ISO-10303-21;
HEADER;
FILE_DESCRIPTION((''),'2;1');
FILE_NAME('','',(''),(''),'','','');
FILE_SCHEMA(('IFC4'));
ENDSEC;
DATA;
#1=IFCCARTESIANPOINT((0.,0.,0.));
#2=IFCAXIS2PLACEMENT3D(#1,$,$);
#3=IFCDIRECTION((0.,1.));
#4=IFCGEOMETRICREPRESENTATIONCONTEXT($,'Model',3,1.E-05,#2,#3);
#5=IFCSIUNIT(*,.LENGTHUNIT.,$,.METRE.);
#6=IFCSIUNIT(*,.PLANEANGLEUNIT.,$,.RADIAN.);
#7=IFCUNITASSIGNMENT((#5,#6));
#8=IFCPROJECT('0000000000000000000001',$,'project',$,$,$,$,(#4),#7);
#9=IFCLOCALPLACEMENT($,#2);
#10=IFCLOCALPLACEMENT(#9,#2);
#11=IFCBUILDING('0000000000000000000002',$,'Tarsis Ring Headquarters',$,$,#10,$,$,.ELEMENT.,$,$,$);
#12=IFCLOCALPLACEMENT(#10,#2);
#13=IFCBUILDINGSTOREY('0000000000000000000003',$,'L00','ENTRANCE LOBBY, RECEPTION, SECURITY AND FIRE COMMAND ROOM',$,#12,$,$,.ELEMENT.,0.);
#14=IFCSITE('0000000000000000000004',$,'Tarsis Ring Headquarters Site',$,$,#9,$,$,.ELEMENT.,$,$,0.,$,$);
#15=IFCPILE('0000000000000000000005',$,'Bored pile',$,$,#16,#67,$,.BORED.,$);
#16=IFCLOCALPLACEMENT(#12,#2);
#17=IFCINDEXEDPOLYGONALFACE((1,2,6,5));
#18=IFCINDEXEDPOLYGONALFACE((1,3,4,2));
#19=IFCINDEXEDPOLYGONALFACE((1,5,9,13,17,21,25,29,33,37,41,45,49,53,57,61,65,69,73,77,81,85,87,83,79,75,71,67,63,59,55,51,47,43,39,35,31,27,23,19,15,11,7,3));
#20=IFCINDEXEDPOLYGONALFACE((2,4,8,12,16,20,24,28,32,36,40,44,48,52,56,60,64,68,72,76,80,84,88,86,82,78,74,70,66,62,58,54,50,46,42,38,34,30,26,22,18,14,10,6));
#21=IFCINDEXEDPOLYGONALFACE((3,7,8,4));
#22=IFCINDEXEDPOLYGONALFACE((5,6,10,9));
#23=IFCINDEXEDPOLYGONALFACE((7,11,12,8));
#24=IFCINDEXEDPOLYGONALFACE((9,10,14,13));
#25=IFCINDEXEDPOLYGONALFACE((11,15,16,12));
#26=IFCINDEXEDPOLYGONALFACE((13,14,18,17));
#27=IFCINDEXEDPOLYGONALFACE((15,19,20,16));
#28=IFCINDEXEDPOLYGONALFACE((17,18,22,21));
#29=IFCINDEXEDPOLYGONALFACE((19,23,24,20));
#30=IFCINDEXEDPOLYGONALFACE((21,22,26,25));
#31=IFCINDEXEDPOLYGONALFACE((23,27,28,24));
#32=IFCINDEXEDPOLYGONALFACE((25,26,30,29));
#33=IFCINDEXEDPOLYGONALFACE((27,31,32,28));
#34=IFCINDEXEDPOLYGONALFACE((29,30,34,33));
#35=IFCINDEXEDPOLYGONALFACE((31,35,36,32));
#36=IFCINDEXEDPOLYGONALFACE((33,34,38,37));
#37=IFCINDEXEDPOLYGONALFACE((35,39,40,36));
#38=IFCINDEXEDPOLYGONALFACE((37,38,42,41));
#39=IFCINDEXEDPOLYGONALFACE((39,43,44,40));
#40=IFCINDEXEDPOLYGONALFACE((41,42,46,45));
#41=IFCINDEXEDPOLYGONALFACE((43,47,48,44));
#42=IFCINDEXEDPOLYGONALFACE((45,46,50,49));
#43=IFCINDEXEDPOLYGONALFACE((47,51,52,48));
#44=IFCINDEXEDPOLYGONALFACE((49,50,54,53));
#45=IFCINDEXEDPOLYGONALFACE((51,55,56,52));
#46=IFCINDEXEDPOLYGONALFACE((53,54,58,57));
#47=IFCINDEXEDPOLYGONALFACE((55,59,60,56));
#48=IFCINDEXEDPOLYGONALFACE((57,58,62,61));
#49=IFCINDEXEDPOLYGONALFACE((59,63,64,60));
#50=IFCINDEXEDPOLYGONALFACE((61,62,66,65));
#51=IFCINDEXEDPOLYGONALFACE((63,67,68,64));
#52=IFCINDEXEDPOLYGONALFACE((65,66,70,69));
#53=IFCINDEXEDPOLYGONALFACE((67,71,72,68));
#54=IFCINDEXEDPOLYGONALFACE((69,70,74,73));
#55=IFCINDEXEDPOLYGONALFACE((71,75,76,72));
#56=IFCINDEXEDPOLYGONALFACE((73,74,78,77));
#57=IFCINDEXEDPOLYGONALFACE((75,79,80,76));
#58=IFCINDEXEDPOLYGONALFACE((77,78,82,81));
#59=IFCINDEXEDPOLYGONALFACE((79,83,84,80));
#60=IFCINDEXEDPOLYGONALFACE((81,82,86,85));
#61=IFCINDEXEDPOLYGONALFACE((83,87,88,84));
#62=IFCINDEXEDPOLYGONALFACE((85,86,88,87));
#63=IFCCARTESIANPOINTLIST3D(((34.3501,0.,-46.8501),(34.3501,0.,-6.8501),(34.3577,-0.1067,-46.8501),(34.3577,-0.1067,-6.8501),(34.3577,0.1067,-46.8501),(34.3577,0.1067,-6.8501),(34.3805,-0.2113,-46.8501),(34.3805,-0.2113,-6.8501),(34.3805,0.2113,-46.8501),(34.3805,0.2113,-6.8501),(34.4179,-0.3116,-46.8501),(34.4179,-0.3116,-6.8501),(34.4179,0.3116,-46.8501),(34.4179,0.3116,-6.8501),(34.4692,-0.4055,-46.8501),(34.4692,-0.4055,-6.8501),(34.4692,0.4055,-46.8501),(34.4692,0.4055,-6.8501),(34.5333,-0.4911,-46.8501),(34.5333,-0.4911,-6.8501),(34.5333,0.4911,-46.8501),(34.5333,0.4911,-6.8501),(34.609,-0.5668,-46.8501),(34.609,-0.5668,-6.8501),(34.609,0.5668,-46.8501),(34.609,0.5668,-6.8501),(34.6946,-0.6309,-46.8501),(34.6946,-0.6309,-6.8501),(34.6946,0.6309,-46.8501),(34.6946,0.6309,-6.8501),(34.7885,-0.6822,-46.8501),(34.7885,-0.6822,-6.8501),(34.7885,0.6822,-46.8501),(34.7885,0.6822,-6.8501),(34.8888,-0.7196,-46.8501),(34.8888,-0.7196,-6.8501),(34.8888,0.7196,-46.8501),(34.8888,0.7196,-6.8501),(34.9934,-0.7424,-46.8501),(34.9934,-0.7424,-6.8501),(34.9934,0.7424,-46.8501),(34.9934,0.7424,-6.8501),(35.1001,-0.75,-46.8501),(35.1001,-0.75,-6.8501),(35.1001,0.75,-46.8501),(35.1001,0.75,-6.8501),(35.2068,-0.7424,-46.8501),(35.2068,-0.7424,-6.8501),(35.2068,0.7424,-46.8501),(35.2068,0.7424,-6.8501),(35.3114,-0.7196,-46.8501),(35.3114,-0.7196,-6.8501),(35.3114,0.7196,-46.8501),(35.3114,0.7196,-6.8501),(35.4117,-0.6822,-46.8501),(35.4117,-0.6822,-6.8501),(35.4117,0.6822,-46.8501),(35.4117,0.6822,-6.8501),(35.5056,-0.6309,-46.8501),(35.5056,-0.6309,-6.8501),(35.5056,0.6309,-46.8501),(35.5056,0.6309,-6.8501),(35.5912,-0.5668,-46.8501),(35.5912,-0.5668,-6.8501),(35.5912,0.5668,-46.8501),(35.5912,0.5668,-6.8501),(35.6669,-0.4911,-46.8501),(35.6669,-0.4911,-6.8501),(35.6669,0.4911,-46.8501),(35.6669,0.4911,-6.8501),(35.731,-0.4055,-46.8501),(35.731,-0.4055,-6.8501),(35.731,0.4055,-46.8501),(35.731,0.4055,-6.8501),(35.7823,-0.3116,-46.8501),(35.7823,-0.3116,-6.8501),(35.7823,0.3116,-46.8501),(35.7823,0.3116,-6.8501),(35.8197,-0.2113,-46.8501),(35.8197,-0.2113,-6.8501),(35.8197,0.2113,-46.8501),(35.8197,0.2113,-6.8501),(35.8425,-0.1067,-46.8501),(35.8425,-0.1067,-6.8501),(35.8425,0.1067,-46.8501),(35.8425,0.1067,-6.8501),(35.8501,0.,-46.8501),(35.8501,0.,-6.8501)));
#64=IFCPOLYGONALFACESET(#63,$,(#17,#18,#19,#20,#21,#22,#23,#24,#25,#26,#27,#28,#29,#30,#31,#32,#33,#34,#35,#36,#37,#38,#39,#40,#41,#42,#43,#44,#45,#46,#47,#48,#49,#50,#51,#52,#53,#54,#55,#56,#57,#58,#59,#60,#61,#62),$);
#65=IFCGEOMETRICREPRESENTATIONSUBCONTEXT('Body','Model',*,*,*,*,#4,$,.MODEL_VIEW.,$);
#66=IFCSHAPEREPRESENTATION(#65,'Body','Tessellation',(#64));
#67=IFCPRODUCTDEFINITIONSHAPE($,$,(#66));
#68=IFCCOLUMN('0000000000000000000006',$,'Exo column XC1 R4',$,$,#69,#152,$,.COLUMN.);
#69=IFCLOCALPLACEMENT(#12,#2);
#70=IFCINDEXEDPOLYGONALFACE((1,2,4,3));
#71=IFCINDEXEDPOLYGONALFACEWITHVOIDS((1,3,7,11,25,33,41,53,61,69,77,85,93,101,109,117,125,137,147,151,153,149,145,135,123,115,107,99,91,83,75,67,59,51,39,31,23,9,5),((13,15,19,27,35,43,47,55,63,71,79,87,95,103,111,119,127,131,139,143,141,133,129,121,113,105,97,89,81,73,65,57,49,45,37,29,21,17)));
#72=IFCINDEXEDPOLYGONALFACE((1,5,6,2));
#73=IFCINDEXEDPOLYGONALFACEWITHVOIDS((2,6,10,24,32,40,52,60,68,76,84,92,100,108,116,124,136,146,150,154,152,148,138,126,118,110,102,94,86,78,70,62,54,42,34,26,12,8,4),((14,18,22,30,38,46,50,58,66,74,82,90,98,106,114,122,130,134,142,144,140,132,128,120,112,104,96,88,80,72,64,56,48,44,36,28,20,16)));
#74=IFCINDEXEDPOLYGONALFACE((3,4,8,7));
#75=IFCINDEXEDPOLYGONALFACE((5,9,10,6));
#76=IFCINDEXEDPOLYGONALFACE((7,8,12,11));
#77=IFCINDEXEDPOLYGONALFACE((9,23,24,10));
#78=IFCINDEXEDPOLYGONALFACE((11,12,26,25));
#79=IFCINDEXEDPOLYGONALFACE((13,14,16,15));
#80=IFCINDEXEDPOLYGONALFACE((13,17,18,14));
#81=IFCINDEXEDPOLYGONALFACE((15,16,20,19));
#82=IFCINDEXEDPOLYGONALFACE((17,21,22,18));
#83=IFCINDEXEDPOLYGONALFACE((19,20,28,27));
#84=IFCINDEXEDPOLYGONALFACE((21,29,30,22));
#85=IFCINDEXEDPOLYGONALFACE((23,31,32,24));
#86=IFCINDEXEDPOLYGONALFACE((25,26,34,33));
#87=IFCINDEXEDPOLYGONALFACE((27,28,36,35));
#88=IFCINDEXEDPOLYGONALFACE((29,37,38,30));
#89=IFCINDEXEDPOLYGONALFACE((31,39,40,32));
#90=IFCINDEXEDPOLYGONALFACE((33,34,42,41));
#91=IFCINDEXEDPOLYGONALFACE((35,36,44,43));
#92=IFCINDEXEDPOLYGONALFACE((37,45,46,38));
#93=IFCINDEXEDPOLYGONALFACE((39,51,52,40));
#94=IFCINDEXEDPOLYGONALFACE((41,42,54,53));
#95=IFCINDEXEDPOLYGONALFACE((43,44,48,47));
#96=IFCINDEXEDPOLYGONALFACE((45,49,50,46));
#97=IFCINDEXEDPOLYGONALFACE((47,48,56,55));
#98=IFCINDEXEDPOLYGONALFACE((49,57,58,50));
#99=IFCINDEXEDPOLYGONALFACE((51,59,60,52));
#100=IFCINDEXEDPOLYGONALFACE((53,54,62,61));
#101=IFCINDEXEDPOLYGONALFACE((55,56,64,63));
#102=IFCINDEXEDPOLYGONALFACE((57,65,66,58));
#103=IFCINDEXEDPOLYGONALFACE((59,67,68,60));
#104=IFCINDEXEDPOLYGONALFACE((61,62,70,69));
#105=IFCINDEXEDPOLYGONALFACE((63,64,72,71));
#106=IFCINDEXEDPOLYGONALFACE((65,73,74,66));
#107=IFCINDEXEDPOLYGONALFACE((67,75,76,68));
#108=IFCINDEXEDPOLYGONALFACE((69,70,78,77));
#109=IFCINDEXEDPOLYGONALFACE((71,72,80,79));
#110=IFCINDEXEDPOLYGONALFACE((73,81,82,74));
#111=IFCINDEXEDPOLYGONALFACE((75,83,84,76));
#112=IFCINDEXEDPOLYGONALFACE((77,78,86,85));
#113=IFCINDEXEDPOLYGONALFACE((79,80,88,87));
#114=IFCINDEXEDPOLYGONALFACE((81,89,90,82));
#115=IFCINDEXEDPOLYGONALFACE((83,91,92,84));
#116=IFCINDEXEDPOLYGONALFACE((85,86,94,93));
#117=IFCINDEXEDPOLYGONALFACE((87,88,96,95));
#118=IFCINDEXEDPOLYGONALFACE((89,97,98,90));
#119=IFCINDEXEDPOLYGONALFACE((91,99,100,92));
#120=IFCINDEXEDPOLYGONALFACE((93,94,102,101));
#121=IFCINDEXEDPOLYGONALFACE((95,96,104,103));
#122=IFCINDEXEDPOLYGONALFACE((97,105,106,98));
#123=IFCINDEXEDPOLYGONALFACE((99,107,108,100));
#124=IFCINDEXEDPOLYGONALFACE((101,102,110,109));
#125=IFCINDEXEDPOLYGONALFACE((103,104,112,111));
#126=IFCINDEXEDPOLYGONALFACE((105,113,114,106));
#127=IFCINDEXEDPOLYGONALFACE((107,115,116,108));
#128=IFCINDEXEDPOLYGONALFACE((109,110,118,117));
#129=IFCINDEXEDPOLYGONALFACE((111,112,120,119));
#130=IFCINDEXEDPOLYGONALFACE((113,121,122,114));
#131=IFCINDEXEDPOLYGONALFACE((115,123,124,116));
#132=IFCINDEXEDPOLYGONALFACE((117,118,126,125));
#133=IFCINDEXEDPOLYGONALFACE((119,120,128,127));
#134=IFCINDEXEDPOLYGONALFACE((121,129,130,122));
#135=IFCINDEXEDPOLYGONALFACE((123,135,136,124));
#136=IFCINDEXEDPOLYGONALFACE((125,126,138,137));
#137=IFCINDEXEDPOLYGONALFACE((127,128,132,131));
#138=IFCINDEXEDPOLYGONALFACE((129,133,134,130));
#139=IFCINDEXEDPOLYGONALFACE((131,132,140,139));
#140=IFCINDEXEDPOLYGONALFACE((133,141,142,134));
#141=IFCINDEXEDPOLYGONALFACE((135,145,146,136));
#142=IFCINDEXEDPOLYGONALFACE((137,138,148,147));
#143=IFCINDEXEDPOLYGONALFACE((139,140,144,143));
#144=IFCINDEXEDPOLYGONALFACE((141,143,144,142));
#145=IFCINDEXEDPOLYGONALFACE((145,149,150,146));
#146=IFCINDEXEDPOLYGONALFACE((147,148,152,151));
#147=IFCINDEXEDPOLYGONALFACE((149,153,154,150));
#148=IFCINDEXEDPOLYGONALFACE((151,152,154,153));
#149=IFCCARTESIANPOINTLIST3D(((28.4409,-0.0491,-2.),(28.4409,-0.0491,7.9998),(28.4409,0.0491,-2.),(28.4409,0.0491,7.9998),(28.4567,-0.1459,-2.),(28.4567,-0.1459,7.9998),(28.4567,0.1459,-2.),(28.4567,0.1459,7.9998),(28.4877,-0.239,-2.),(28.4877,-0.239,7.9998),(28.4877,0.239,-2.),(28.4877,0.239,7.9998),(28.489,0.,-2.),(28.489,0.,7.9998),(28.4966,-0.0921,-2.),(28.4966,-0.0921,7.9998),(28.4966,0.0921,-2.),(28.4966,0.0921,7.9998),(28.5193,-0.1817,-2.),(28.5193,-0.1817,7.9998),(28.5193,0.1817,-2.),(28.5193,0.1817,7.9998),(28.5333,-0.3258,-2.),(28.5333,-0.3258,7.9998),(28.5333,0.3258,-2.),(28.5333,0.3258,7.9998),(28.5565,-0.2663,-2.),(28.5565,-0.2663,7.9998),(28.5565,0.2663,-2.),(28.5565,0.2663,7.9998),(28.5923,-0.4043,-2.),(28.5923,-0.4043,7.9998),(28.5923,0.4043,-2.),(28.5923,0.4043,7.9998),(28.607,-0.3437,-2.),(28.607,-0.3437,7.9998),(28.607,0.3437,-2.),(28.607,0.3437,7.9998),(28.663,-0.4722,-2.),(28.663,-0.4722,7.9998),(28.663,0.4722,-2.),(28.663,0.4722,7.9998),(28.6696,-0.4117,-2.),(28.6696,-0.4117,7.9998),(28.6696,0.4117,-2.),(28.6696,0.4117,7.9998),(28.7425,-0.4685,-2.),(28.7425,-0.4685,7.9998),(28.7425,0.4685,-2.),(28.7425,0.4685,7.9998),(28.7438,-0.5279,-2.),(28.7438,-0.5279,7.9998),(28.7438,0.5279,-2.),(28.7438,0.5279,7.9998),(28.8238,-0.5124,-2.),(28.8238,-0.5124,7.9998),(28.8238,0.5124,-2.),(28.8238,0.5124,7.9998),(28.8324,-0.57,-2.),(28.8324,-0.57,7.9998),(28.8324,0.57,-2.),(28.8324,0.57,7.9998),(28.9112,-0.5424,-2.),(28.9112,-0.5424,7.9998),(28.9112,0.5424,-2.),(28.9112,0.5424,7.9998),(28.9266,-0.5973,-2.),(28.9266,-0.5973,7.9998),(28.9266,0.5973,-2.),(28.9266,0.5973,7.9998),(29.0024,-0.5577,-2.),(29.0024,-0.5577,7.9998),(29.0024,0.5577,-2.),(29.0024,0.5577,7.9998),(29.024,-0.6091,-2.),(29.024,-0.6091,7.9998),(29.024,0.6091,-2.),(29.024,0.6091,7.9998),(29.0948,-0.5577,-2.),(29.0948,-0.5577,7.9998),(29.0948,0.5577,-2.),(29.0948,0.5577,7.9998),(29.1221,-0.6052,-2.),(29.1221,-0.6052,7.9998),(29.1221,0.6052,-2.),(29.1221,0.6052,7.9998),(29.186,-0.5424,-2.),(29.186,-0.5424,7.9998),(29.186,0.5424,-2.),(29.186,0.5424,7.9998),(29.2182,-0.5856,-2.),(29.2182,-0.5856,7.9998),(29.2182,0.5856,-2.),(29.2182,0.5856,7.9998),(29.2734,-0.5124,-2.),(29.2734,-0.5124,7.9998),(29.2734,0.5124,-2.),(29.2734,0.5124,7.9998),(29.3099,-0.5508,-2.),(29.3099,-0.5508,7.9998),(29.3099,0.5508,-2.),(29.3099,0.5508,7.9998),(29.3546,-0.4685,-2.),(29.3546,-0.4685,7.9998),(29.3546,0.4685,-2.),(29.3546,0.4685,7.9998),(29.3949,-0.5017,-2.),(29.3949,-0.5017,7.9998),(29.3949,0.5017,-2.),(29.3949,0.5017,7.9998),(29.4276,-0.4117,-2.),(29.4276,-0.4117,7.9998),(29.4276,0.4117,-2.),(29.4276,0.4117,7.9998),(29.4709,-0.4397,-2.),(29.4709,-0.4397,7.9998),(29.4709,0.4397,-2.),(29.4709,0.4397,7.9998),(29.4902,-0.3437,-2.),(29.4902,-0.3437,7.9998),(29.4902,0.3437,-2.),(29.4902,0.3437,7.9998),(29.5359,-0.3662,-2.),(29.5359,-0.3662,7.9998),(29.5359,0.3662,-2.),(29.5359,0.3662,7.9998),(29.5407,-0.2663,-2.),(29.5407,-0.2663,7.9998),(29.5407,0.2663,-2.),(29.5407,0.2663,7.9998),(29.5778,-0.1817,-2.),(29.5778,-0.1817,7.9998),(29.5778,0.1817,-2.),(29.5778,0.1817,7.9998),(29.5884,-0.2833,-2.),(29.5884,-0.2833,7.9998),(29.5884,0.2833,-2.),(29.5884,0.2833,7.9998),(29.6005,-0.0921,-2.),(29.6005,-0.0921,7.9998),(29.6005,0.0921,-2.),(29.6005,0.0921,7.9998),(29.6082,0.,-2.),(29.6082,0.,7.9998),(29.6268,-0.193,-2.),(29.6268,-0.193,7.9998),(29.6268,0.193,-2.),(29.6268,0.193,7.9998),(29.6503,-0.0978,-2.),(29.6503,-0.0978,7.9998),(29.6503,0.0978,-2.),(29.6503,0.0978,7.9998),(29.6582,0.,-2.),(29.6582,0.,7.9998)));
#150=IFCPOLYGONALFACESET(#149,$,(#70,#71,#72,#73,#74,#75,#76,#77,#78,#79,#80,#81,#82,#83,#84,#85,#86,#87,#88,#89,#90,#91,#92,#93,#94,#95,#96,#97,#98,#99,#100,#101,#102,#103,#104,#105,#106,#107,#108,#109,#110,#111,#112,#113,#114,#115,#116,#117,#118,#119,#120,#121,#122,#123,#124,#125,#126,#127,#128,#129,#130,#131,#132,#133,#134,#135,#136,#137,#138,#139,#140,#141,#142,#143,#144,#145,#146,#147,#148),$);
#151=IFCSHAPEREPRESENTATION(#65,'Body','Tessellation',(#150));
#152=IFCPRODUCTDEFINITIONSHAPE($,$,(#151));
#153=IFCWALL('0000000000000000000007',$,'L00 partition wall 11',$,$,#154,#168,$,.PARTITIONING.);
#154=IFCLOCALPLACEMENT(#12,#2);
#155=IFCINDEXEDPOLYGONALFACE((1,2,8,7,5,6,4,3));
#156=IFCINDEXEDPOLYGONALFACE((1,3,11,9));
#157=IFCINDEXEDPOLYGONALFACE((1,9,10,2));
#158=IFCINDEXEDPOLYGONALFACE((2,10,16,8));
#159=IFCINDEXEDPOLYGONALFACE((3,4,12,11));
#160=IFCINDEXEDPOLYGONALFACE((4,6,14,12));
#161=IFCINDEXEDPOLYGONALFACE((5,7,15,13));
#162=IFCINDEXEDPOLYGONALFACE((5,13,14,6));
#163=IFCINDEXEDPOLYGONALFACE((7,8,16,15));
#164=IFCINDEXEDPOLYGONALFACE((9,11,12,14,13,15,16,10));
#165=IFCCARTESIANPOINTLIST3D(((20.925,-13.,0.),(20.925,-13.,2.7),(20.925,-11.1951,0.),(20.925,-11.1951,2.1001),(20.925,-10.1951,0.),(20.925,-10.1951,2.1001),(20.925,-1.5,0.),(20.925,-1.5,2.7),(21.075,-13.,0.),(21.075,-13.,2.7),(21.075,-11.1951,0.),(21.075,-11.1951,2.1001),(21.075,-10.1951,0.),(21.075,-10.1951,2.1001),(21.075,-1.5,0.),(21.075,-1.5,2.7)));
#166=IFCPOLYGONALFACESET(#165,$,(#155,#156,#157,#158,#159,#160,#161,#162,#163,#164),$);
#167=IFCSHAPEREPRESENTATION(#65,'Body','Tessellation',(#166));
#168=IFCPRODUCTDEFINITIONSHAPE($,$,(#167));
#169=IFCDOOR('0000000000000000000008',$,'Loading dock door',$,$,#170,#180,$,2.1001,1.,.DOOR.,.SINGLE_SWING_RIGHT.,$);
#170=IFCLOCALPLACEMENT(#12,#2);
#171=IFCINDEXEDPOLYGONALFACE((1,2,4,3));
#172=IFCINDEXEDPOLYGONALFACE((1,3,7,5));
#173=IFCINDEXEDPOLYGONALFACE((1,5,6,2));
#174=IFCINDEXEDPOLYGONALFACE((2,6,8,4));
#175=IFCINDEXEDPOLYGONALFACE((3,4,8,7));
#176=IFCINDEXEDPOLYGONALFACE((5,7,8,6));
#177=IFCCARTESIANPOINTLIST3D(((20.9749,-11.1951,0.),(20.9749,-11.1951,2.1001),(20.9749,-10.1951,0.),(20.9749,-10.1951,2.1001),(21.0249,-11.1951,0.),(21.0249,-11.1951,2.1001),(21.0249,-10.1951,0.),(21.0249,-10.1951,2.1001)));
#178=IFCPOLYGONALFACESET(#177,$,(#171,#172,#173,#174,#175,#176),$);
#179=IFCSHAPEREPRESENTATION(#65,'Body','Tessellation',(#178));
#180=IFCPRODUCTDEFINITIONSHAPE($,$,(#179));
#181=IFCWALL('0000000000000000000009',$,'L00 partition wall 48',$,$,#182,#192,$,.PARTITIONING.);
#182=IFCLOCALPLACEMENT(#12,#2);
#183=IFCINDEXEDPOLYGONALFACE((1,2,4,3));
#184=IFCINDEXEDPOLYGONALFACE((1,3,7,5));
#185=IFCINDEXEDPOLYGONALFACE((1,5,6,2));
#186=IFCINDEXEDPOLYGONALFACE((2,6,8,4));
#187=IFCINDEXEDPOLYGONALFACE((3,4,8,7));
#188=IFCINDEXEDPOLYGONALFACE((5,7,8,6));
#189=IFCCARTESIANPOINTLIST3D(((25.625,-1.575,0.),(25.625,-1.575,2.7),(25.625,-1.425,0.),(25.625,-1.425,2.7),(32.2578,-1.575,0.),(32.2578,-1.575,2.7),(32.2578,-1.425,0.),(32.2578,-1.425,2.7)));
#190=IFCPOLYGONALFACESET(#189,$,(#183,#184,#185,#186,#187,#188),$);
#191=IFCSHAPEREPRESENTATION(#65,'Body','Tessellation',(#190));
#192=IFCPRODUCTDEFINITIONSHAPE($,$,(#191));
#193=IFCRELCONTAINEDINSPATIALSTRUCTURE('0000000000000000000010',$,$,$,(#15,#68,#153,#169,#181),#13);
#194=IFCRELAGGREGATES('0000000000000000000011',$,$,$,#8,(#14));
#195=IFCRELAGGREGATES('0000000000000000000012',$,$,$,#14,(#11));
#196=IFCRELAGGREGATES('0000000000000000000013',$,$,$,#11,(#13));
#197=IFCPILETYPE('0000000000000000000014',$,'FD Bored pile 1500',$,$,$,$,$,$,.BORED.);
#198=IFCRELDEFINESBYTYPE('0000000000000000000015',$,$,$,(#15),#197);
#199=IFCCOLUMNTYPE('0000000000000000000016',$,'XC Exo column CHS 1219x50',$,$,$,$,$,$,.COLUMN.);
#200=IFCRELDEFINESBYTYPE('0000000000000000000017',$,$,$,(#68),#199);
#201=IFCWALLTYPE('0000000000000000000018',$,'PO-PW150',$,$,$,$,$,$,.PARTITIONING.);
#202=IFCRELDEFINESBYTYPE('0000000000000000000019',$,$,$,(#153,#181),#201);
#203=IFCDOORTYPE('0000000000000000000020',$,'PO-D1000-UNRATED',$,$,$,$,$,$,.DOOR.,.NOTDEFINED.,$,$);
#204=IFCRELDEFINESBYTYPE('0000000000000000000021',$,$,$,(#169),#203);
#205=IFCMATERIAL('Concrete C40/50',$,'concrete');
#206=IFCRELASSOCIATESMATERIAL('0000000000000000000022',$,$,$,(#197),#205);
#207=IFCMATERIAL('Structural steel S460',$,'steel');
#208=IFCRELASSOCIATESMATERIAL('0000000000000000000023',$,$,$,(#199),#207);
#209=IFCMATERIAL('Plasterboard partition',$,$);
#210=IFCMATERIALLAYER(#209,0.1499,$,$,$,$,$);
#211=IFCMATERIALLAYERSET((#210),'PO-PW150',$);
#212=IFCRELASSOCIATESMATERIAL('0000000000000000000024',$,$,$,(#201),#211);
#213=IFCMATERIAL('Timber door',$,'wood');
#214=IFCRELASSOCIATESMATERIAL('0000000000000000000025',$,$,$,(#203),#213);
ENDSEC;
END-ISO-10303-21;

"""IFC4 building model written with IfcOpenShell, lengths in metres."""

from ifc_helpers import new_model, si_unit, direction, frame, frame_2d, origin, origin_2d, place, context, subcontext, project, spatial, rectangle, circle, hollow_circle, extrude, material, layer, layer_set, material_profile, profile_set, type_object, element, fill, save


model = new_model("IFC4")

# Units and contexts
model_context = context("Model", 3, precision=1e-05, world=origin(), true_north=direction((0.0, 1.0)))
body_context = subcontext(model_context, "Body", "Model", "MODEL_VIEW")
ifc_project = project(units=[si_unit("LENGTHUNIT", "METRE"), si_unit("PLANEANGLEUNIT", "RADIAN")], contexts=[model_context])

# Site, building, storey
site_placement = place(None, origin())
site = spatial("IfcSite", under=ifc_project, at=site_placement, Name="Tarsis Ring Headquarters Site", CompositionType="ELEMENT", RefElevation=0.0)
building_placement = place(site_placement, origin())
building = spatial("IfcBuilding", under=site, at=building_placement, Name="Tarsis Ring Headquarters", CompositionType="ELEMENT")
storey_placement = place(building_placement, origin())
storey = spatial("IfcBuildingStorey", under=building, at=storey_placement, Name="L00", Description="ENTRANCE LOBBY, RECEPTION, SECURITY AND FIRE COMMAND ROOM", CompositionType="ELEMENT", Elevation=0.0)

# Pile
ifc_material_1 = material(Name="Concrete C40/50", Category="concrete")
ifc_material_profile_1 = material_profile(ifc_material_1, circle(Radius=0.75, at=origin_2d()), Name="BORED 1500")
ifc_profile_set_1 = profile_set([ifc_material_profile_1], Name="Concrete C40/50")
pile_type = type_object("IfcPileType", Name="FD Bored pile 1500", PredefinedType="BORED", material=ifc_profile_set_1)
for number, where, z_axis, x_axis, name in (
    (1, (35.1001, 0.0, -6.8501), (0.0, 0.0, -1.0), (1.0, 0.0, 0.0), "Bored pile"),
):
    element("IfcPile", number, at=place(storey_placement, frame(where, z_axis=z_axis, x_axis=x_axis)), inside=storey, type_object=pile_type, Name=name, PredefinedType="BORED", context=body_context, shape_type="SweptSolid", body=[
        extrude(circle(Radius=0.75, at=origin_2d()), origin(), (0.0, 0.0, 1.0), 40.0),
    ])

# Column
ifc_material_2 = material(Name="Structural steel S460", Category="steel")
ifc_material_profile_2 = material_profile(ifc_material_2, hollow_circle(Radius=0.6096, WallThickness=0.05, at=origin_2d()), Name="CHS 1219x50")
ifc_profile_set_2 = profile_set([ifc_material_profile_2], Name="Structural steel S460")
column_type = type_object("IfcColumnType", Name="XC Exo column CHS 1219x50", PredefinedType="COLUMN", material=ifc_profile_set_2)
column_placement = place(storey_placement, frame((29.0486, 0.0, -2.0), z_axis=(0.0, 0.0, 1.0), x_axis=(1.0, 0.0, 0.0)))
element("IfcColumn", 2, at=column_placement, inside=storey, type_object=column_type, Name="Exo column XC1 R4", PredefinedType="COLUMN", context=body_context, shape_type="SweptSolid", body=[
    extrude(hollow_circle(Radius=0.6096, WallThickness=0.05, at=origin_2d()), origin(), (0.0, 0.0, 1.0), 9.9998),
])

# Wall, opening, door
ifc_material_3 = material(Name="Plasterboard partition")
ifc_layer_1 = layer(ifc_material_3, 0.1499)
ifc_layer_set_1 = layer_set([ifc_layer_1], Name="PO-PW150")
wall_type_1 = type_object("IfcWallType", Name="PO-PW150", PredefinedType="PARTITIONING", material=ifc_layer_set_1)
wall_1_placement = place(storey_placement, frame((21.0, -1.5, 0.0), z_axis=(0.0, 0.0, 1.0), x_axis=(0.0, -1.0, 0.0)))
wall_1 = element("IfcWall", 3, at=wall_1_placement, inside=storey, type_object=wall_type_1, Name="L00 partition wall 11", PredefinedType="PARTITIONING", context=body_context, shape_type="SweptSolid", body=[
    extrude(rectangle(XDim=11.5, YDim=0.1499, at=frame_2d((5.75, 0.0))), origin(), (0.0, 0.0, 1.0), 2.7),
])
opening_1_placement = place(wall_1_placement, frame((8.6951, 0.0, 0.0)))
opening_1 = element("IfcOpeningElement", 4, at=opening_1_placement, cuts=wall_1, PredefinedType="OPENING", context=body_context, shape_type="SweptSolid", body=[
    extrude(rectangle(XDim=1.0, YDim=2.1001, at=frame_2d((0.5, 1.05))), frame((0.0, 0.085, 0.0), z_axis=(0.0, -1.0, 0.0), x_axis=(1.0, 0.0, 0.0)), (0.0, 0.0, 1.0), 0.1699),
])
ifc_material_4 = material(Name="Timber door", Category="wood")
door_type_1 = type_object("IfcDoorType", Name="PO-D1000-UNRATED", OperationType="NOTDEFINED", PredefinedType="DOOR", material=ifc_material_4)
door_1_placement = place(opening_1_placement, origin())
door_1 = element("IfcDoor", 5, at=door_1_placement, inside=storey, type_object=door_type_1, Name="Loading dock door", OperationType="SINGLE_SWING_RIGHT", OverallHeight=2.1001, OverallWidth=1.0, PredefinedType="DOOR", context=body_context, shape_type="SweptSolid", body=[
    extrude(rectangle(XDim=1.0, YDim=2.1001, at=frame_2d((0.5, 1.05))), frame((0.0, 0.0249, 0.0), z_axis=(0.0, -1.0, 0.0), x_axis=(1.0, 0.0, 0.0)), (0.0, 0.0, 1.0), 0.05),
])
fill(opening_1, door_1)

# Wall
wall_2_placement = place(storey_placement, frame((32.2578, -1.5, 0.0), z_axis=(0.0, 0.0, 1.0), x_axis=(-1.0, 0.0, 0.0)))
element("IfcWall", 6, at=wall_2_placement, inside=storey, type_object=wall_type_1, Name="L00 partition wall 48", PredefinedType="PARTITIONING", context=body_context, shape_type="SweptSolid", body=[
    extrude(rectangle(XDim=6.6328, YDim=0.1499, at=frame_2d((3.3164, 0.0))), origin(), (0.0, 0.0, 1.0), 2.7),
])

save(model, "model.ifc")
